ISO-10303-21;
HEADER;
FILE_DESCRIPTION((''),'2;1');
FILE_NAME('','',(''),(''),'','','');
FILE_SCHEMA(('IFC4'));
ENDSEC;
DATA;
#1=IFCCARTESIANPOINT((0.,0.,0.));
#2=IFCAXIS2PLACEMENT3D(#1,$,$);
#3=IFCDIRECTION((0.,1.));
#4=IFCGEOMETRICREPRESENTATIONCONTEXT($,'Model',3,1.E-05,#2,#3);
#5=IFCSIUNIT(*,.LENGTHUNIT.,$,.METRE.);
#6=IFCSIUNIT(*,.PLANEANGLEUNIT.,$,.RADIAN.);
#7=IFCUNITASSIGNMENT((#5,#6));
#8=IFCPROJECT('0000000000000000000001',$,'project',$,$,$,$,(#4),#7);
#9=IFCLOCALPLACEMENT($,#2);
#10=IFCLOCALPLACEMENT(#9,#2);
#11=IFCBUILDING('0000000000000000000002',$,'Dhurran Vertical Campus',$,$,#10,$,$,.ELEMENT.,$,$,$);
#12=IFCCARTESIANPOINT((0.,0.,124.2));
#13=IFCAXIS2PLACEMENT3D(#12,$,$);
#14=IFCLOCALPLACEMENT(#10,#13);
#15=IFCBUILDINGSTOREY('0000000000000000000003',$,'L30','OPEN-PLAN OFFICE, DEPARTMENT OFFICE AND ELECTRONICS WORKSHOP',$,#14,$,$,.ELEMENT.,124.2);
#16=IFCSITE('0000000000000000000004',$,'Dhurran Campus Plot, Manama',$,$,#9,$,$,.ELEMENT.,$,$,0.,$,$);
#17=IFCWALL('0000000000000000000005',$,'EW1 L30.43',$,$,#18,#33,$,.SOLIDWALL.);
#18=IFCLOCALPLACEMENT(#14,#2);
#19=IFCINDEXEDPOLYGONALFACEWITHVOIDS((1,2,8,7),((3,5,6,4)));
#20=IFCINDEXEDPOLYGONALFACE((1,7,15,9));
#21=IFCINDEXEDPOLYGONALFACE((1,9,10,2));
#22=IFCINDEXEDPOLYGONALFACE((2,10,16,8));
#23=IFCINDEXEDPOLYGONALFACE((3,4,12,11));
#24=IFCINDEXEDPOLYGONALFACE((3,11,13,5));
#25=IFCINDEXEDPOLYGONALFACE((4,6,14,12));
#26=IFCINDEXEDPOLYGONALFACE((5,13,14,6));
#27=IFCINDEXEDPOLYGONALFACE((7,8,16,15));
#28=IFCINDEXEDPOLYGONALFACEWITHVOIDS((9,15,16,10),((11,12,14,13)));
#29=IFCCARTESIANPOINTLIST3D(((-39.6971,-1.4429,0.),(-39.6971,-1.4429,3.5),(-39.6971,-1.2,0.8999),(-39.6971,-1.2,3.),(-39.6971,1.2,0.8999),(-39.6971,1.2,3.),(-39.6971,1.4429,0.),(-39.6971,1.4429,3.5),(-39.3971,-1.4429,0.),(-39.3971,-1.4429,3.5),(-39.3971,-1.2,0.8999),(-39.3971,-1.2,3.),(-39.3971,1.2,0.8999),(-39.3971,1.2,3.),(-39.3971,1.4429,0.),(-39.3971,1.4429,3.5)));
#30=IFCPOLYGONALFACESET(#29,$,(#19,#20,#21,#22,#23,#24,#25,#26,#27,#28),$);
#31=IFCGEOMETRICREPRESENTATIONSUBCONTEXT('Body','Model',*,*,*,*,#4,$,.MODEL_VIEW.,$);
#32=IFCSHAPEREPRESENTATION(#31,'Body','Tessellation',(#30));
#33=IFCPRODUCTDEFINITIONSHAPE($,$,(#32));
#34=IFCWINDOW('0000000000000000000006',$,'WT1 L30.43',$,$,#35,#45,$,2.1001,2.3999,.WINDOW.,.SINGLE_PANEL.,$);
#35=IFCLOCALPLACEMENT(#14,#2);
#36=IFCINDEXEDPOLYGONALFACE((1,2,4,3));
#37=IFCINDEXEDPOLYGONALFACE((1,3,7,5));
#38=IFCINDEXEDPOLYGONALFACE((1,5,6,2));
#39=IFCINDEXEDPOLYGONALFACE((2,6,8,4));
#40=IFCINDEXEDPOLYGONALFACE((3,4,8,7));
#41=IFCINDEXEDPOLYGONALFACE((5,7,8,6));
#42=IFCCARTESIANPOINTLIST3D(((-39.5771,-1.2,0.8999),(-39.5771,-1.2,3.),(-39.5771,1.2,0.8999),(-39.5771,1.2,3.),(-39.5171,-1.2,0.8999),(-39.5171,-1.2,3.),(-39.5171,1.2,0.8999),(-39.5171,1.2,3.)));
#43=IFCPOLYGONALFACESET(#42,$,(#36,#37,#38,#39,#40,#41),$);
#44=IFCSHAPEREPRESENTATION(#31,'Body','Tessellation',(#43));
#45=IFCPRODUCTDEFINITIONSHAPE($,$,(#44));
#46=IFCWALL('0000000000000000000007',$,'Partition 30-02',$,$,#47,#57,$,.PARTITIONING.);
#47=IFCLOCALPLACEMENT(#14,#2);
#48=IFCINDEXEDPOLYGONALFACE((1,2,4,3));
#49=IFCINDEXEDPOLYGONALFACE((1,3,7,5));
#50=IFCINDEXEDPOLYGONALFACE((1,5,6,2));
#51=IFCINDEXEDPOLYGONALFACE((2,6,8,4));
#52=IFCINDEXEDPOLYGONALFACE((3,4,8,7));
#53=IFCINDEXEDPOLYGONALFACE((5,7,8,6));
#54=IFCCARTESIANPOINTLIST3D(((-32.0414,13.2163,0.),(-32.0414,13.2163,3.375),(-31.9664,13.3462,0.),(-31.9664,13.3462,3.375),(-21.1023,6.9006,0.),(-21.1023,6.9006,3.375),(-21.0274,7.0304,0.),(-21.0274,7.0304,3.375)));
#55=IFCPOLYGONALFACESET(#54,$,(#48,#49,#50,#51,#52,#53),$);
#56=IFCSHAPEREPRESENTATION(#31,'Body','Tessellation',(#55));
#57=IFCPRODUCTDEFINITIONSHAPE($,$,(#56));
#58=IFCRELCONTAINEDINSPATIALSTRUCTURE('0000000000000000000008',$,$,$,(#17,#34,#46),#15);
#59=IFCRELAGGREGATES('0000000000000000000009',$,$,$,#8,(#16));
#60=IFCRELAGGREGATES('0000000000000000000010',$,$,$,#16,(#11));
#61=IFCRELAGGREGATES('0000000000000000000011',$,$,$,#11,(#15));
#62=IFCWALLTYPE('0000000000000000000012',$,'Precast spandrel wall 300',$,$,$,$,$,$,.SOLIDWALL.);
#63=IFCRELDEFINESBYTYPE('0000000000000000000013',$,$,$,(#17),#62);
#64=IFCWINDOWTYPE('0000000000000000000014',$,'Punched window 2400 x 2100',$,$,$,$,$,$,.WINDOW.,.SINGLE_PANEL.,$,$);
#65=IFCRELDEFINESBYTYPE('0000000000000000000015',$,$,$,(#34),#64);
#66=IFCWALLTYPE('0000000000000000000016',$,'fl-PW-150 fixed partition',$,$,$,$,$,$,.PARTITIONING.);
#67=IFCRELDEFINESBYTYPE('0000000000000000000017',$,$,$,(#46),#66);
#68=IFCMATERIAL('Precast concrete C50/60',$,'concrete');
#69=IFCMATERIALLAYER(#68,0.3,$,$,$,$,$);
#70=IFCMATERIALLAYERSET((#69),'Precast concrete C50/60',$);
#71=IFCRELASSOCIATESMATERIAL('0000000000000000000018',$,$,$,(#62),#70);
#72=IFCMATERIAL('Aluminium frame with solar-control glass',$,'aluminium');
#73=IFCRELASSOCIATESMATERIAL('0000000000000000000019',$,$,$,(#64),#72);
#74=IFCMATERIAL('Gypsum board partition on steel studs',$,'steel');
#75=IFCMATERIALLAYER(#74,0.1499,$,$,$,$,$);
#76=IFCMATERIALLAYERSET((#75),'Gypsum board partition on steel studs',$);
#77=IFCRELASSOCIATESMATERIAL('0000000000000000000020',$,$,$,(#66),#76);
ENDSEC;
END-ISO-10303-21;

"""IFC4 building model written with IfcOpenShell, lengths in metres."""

from ifc_helpers import new_model, si_unit, direction, frame, frame_2d, origin, place, context, subcontext, project, spatial, rectangle, extrude, material, layer, layer_set, type_object, element, fill, save


model = new_model("IFC4")

# Units and contexts
model_context = context("Model", 3, precision=1e-05, world=origin(), true_north=direction((0.0, 1.0)))
body_context = subcontext(model_context, "Body", "Model", "MODEL_VIEW")
ifc_project = project(units=[si_unit("LENGTHUNIT", "METRE"), si_unit("PLANEANGLEUNIT", "RADIAN")], contexts=[model_context])

# Site, building, storey
site_placement = place(None, origin())
site = spatial("IfcSite", under=ifc_project, at=site_placement, Name="Dhurran Campus Plot, Manama", CompositionType="ELEMENT", RefElevation=0.0)
building_placement = place(site_placement, origin())
building = spatial("IfcBuilding", under=site, at=building_placement, Name="Dhurran Vertical Campus", CompositionType="ELEMENT")
storey_placement = place(building_placement, frame((0.0, 0.0, 124.2)))
storey = spatial("IfcBuildingStorey", under=building, at=storey_placement, Name="L30", Description="OPEN-PLAN OFFICE, DEPARTMENT OFFICE AND ELECTRONICS WORKSHOP", CompositionType="ELEMENT", Elevation=124.2)

# Wall, opening, window
ifc_material_1 = material(Name="Precast concrete C50/60", Category="concrete")
ifc_layer_1 = layer(ifc_material_1, 0.3)
ifc_layer_set_1 = layer_set([ifc_layer_1], Name="Precast concrete C50/60")
wall_type_1 = type_object("IfcWallType", Name="Precast spandrel wall 300", PredefinedType="SOLIDWALL", material=ifc_layer_set_1)
ifc_material_2 = material(Name="Aluminium frame with solar-control glass", Category="aluminium")
window_type = type_object("IfcWindowType", Name="Punched window 2400 x 2100", PartitioningType="SINGLE_PANEL", PredefinedType="WINDOW", material=ifc_material_2)
wall_1_placement = place(storey_placement, frame((-39.5471, 1.4429, 0.0), z_axis=(0.0, 0.0, 1.0), x_axis=(0.0, -1.0, 0.0)))
wall_1 = element("IfcWall", 1, at=wall_1_placement, inside=storey, type_object=wall_type_1, Name="EW1 L30.43", PredefinedType="SOLIDWALL", context=body_context, shape_type="SweptSolid", body=[
    extrude(rectangle(XDim=2.8857, YDim=0.3, at=frame_2d((1.4429, 0.0))), origin(), (0.0, 0.0, 1.0), 3.5),
])
opening_1_placement = place(wall_1_placement, frame((0.2429, 0.0, 0.8999)))
opening_1 = element("IfcOpeningElement", 2, at=opening_1_placement, cuts=wall_1, PredefinedType="OPENING", context=body_context, shape_type="SweptSolid", body=[
    extrude(rectangle(XDim=2.3999, YDim=2.1001, at=frame_2d((1.2, 1.05))), frame((0.0, 0.1599, 0.0), z_axis=(0.0, -1.0, 0.0), x_axis=(1.0, 0.0, 0.0)), (0.0, 0.0, 1.0), 0.3201),
])
window_1_placement = place(opening_1_placement, origin())
window_1 = element("IfcWindow", 3, at=window_1_placement, inside=storey, type_object=window_type, Name="WT1 L30.43", OverallHeight=2.1001, OverallWidth=2.3999, PartitioningType="SINGLE_PANEL", PredefinedType="WINDOW", context=body_context, shape_type="SweptSolid", body=[
    extrude(rectangle(XDim=2.3999, YDim=2.1001, at=frame_2d((1.2, 1.05))), frame((0.0, 0.03, 0.0), z_axis=(0.0, -1.0, 0.0), x_axis=(1.0, 0.0, 0.0)), (0.0, 0.0, 1.0), 0.0601),
])
fill(opening_1, window_1)

# Wall
ifc_material_3 = material(Name="Gypsum board partition on steel studs", Category="steel")
ifc_layer_2 = layer(ifc_material_3, 0.1499)
ifc_layer_set_2 = layer_set([ifc_layer_2], Name="Gypsum board partition on steel studs")
wall_type_2 = type_object("IfcWallType", Name="fl-PW-150 fixed partition", PredefinedType="PARTITIONING", material=ifc_layer_set_2)
wall_2_placement = place(storey_placement, frame((-32.0039, 13.2812, 0.0), z_axis=(0.0, 0.0, 1.0), x_axis=(0.866023, -0.500004, 0.0)))
element("IfcWall", 4, at=wall_2_placement, inside=storey, type_object=wall_type_2, Name="Partition 30-02", PredefinedType="PARTITIONING", context=body_context, shape_type="SweptSolid", body=[
    extrude(rectangle(XDim=12.6313, YDim=0.1499, at=frame_2d((6.3157, 0.0))), origin(), (0.0, 0.0, 1.0), 3.375),
])

save(model, "model.ifc")
